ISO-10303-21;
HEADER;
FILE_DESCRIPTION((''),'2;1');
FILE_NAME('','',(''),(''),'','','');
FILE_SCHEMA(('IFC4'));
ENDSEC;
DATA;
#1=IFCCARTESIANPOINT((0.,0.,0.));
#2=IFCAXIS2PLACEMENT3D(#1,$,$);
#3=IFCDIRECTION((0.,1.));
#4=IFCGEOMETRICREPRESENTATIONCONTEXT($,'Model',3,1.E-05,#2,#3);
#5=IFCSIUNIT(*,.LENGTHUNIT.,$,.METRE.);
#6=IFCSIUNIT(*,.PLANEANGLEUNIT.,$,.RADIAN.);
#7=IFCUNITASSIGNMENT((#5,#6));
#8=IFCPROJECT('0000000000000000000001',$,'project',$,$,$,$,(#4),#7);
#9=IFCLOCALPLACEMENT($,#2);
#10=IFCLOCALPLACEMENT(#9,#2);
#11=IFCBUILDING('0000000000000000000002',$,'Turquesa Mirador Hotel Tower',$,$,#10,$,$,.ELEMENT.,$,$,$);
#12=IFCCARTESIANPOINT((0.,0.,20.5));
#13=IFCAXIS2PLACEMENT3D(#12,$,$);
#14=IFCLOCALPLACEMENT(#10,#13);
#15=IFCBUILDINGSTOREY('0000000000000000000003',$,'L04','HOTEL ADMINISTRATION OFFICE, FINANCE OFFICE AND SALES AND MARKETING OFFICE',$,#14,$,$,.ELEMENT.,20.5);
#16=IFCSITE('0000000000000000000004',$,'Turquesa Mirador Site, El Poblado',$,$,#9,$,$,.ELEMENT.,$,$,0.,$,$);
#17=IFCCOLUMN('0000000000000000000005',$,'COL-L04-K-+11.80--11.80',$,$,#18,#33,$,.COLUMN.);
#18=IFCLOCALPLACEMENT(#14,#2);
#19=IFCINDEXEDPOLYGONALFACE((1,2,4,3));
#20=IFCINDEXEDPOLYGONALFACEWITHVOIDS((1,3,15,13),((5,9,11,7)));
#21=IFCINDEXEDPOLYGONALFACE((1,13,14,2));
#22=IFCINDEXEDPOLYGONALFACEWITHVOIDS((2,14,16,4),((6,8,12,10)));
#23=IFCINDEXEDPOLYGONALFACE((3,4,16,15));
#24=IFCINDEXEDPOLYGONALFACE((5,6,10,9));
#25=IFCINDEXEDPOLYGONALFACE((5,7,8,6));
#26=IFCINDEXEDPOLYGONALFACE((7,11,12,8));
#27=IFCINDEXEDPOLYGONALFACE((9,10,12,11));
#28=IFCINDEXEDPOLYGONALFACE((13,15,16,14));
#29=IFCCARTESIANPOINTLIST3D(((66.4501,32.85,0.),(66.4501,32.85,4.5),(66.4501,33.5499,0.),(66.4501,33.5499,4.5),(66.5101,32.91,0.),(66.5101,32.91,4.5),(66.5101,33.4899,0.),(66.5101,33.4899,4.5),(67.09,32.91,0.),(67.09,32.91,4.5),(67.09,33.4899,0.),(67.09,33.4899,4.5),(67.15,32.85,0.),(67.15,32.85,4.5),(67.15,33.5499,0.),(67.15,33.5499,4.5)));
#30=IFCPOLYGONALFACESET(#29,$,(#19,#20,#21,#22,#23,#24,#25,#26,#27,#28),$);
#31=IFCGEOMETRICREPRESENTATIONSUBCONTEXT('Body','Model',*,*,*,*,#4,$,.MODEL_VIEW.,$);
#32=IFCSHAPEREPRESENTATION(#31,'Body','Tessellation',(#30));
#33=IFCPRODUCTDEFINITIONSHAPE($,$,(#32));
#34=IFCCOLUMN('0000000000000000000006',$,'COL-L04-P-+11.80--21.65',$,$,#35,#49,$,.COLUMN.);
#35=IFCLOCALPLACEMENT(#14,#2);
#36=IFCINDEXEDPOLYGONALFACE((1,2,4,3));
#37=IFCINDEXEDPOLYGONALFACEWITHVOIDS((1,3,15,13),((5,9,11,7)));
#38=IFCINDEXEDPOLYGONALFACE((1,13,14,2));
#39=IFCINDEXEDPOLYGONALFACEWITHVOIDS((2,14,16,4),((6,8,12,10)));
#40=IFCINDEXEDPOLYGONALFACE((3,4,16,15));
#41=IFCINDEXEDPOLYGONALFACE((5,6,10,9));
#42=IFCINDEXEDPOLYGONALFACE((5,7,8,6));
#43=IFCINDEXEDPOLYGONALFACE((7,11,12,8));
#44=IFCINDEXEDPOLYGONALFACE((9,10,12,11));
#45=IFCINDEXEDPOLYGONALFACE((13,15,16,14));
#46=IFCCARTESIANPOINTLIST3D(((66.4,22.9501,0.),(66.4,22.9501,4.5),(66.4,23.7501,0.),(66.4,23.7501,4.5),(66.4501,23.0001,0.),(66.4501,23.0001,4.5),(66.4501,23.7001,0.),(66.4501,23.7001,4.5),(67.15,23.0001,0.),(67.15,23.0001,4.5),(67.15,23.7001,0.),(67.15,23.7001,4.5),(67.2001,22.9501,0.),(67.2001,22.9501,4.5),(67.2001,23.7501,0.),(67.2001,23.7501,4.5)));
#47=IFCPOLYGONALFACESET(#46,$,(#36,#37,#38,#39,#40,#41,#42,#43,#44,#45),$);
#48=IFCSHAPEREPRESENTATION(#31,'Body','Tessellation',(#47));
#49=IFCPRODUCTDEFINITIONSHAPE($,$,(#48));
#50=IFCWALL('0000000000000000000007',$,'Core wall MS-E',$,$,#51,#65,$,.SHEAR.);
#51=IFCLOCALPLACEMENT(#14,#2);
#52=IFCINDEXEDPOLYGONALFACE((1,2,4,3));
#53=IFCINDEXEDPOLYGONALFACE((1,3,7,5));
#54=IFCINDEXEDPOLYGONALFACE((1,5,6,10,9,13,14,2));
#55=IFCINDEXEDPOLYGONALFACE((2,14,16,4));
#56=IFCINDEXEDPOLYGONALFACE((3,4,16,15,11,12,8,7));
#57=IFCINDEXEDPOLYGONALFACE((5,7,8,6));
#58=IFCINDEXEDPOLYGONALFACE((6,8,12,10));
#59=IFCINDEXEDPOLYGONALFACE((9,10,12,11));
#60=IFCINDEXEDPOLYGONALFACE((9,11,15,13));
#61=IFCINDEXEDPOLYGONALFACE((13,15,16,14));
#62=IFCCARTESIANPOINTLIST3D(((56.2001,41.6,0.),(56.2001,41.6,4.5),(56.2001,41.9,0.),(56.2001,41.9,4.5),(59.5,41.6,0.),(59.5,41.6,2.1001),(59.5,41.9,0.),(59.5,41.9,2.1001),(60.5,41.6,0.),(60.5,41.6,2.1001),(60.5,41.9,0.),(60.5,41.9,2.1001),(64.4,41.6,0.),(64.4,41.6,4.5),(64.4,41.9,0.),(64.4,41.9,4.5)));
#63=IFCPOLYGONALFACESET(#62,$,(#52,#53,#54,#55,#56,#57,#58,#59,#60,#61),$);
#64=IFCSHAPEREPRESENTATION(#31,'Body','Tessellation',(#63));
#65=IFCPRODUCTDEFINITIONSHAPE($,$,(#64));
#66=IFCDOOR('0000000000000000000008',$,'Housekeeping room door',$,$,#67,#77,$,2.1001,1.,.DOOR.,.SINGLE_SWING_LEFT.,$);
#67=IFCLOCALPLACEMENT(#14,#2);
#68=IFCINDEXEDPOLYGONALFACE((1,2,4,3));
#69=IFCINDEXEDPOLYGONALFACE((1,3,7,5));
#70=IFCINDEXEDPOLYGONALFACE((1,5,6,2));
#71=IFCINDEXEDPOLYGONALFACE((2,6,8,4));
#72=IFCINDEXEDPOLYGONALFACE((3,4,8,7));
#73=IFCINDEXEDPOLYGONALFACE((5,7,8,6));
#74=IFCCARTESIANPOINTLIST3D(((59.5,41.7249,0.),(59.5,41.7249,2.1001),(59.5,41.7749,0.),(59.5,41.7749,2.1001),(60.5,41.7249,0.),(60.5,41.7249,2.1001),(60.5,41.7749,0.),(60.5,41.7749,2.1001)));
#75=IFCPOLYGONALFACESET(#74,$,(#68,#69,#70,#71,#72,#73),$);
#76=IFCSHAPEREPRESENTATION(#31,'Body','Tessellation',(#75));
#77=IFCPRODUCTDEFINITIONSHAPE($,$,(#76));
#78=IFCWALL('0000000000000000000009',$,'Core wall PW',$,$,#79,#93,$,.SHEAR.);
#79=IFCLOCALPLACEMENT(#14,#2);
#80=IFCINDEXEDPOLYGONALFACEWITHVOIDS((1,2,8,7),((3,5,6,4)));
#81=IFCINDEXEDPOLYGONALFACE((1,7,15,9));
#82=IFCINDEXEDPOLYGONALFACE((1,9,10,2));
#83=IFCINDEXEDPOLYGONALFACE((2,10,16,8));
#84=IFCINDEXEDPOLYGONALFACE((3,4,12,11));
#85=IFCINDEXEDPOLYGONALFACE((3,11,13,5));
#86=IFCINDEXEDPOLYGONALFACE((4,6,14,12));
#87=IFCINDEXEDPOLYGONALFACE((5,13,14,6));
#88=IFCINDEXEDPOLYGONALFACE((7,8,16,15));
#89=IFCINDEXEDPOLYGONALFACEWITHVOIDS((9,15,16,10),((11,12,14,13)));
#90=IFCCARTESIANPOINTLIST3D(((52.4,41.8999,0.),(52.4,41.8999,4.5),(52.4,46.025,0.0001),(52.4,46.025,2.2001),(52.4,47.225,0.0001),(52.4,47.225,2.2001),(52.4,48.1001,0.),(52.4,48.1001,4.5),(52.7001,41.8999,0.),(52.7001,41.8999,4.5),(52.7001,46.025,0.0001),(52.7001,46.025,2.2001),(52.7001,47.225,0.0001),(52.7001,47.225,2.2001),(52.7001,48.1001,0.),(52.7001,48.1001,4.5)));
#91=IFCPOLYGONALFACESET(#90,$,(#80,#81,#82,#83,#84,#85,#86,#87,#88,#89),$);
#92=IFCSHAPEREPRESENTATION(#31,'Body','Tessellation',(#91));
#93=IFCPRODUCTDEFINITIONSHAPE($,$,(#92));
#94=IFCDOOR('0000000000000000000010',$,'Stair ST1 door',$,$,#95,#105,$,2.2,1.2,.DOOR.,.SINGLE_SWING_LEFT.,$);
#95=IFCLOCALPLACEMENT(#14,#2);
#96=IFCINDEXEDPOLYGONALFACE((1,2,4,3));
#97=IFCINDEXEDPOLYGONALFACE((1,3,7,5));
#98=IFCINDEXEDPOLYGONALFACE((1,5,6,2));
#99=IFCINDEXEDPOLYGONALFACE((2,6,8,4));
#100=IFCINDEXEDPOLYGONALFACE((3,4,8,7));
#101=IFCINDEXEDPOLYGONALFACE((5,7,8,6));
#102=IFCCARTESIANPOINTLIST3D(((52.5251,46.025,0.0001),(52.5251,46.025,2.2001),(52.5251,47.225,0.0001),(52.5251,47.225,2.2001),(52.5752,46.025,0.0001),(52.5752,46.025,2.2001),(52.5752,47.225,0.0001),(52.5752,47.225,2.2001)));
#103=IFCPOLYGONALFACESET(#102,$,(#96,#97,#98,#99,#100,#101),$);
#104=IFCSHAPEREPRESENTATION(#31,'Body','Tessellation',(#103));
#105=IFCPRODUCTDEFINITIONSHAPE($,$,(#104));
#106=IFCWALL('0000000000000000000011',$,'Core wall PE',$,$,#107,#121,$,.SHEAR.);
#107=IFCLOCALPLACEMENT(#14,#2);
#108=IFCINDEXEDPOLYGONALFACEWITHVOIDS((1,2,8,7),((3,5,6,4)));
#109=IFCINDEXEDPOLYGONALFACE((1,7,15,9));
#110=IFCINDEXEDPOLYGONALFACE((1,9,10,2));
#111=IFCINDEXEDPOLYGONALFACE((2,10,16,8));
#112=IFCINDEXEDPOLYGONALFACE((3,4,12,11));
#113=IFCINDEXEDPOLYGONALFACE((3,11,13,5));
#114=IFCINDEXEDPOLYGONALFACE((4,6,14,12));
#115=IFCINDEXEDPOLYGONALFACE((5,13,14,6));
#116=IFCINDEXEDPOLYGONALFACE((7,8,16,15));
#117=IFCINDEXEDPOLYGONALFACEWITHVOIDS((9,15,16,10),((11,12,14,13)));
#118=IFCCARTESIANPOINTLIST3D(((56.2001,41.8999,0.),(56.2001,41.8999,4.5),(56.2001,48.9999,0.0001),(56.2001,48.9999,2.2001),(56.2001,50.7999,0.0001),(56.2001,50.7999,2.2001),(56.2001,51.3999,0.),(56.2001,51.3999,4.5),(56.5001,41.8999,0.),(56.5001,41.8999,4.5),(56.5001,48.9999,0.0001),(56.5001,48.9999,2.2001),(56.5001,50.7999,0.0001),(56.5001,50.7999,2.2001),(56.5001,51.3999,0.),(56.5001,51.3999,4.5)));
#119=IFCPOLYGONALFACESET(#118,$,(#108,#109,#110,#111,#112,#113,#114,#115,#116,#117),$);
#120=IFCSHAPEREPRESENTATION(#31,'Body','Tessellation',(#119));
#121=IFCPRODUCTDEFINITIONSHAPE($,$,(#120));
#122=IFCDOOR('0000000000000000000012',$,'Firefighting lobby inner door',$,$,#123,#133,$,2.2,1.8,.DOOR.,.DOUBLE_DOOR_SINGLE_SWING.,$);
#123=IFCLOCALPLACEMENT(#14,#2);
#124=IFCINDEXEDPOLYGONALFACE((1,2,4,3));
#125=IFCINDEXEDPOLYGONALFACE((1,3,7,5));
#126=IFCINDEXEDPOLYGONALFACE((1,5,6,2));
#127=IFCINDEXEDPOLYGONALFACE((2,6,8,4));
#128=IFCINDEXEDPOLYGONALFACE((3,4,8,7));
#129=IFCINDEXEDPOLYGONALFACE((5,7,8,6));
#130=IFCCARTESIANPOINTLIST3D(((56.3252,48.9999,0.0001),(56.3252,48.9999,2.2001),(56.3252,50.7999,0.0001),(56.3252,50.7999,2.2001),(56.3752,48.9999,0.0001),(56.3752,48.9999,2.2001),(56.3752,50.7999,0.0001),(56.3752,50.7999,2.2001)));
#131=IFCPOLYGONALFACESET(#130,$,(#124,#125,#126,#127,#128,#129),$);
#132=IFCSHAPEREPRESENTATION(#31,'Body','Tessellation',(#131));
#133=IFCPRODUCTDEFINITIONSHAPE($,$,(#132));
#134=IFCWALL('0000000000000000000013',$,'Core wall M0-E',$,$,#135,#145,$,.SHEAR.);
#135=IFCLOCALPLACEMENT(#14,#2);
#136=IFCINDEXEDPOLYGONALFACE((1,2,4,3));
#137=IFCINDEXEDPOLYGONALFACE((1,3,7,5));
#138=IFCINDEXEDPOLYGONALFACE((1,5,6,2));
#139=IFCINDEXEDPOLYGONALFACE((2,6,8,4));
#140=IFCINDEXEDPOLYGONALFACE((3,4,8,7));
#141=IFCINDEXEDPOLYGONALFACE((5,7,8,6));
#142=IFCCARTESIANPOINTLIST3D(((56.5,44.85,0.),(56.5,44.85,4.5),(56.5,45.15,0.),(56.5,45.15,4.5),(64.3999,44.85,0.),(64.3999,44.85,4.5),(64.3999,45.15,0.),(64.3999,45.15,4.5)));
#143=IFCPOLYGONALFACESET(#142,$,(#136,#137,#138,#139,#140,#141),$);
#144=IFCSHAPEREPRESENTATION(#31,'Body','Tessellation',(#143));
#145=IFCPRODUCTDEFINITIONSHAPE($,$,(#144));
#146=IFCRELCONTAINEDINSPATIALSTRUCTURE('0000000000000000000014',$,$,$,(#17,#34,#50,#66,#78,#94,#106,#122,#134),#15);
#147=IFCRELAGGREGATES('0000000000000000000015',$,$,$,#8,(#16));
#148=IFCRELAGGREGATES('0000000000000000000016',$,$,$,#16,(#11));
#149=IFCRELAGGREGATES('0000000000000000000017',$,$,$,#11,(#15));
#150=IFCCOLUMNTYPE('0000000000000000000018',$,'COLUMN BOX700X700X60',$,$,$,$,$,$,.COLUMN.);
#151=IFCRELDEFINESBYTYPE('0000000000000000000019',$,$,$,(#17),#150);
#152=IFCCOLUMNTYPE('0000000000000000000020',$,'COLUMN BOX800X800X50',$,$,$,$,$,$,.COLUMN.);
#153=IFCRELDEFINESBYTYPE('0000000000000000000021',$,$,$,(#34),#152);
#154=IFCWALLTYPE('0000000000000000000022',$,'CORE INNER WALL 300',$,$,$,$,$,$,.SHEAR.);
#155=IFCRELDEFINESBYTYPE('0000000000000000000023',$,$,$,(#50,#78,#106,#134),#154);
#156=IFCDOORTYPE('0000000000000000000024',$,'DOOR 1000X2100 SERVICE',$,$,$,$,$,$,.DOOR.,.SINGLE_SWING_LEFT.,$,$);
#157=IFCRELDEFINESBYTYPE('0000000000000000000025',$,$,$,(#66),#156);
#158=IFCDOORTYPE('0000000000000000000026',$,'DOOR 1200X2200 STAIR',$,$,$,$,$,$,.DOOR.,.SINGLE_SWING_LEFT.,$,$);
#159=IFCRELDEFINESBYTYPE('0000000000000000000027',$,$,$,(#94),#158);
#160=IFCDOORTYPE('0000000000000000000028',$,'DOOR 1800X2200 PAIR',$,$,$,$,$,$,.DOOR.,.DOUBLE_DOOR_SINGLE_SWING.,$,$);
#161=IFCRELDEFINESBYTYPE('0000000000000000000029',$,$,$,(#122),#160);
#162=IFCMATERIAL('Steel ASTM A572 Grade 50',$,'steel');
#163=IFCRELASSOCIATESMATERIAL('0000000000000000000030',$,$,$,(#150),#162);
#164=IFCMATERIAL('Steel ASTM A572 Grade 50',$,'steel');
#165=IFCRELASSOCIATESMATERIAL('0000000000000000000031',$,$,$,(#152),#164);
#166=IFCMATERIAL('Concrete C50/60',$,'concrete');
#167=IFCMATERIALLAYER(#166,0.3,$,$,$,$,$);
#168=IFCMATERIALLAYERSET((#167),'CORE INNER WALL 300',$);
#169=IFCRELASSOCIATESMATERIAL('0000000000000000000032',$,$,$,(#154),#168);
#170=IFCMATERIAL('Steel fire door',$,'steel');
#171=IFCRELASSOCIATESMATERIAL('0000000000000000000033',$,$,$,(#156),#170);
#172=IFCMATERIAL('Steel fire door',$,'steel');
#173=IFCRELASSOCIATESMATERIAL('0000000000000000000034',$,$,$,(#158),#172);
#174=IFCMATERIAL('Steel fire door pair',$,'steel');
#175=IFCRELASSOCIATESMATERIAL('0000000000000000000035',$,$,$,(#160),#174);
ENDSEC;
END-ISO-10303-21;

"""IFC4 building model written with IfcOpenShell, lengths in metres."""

from ifc_helpers import new_model, si_unit, direction, frame, frame_2d, origin, origin_2d, place, context, subcontext, project, spatial, rectangle, hollow_rectangle, extrude, material, layer, layer_set, material_profile, profile_set, type_object, element, fill, save


model = new_model("IFC4")

# Units and contexts
model_context = context("Model", 3, precision=1e-05, world=origin(), true_north=direction((0.0, 1.0)))
body_context = subcontext(model_context, "Body", "Model", "MODEL_VIEW")
ifc_project = project(units=[si_unit("LENGTHUNIT", "METRE"), si_unit("PLANEANGLEUNIT", "RADIAN")], contexts=[model_context])

# Site, building, storey
site_placement = place(None, origin())
site = spatial("IfcSite", under=ifc_project, at=site_placement, Name="Turquesa Mirador Site, El Poblado", CompositionType="ELEMENT", RefElevation=0.0)
building_placement = place(site_placement, origin())
building = spatial("IfcBuilding", under=site, at=building_placement, Name="Turquesa Mirador Hotel Tower", CompositionType="ELEMENT")
storey_placement = place(building_placement, frame((0.0, 0.0, 20.5)))
storey = spatial("IfcBuildingStorey", under=building, at=storey_placement, Name="L04", Description="HOTEL ADMINISTRATION OFFICE, FINANCE OFFICE AND SALES AND MARKETING OFFICE", CompositionType="ELEMENT", Elevation=20.5)

# Columns
ifc_material_1 = material(Name="Steel ASTM A572 Grade 50", Category="steel")
ifc_material_profile_1 = material_profile(ifc_material_1, hollow_rectangle(XDim=0.7, YDim=0.7, WallThickness=0.0601, at=origin_2d()), Name="BOX700X700X60")
ifc_profile_set_1 = profile_set([ifc_material_profile_1], Name="Steel ASTM A572 Grade 50")
column_type_1 = type_object("IfcColumnType", Name="COLUMN BOX700X700X60", PredefinedType="COLUMN", material=ifc_profile_set_1)
column_1_placement = place(storey_placement, frame((66.8, 33.2, 0.0), z_axis=(0.0, 0.0, 1.0), x_axis=(1.0, 0.0, 0.0)))
element("IfcColumn", 1, at=column_1_placement, inside=storey, type_object=column_type_1, Name="COL-L04-K-+11.80--11.80", PredefinedType="COLUMN", context=body_context, shape_type="SweptSolid", body=[
    extrude(hollow_rectangle(XDim=0.7, YDim=0.7, WallThickness=0.0601, at=origin_2d()), origin(), (0.0, 0.0, 1.0), 4.5),
])
ifc_material_2 = material(Name="Steel ASTM A572 Grade 50", Category="steel")
ifc_material_profile_2 = material_profile(ifc_material_2, hollow_rectangle(XDim=0.8, YDim=0.8, WallThickness=0.05, at=origin_2d()), Name="BOX800X800X50")
ifc_profile_set_2 = profile_set([ifc_material_profile_2], Name="Steel ASTM A572 Grade 50")
column_type_2 = type_object("IfcColumnType", Name="COLUMN BOX800X800X50", PredefinedType="COLUMN", material=ifc_profile_set_2)
column_2_placement = place(storey_placement, frame((66.8, 23.3501, 0.0), z_axis=(0.0, 0.0, 1.0), x_axis=(1.0, 0.0, 0.0)))
element("IfcColumn", 2, at=column_2_placement, inside=storey, type_object=column_type_2, Name="COL-L04-P-+11.80--21.65", PredefinedType="COLUMN", context=body_context, shape_type="SweptSolid", body=[
    extrude(hollow_rectangle(XDim=0.8, YDim=0.8, WallThickness=0.05, at=origin_2d()), origin(), (0.0, 0.0, 1.0), 4.5),
])

# Walls, openings, doors
ifc_material_3 = material(Name="Concrete C50/60", Category="concrete")
ifc_layer_1 = layer(ifc_material_3, 0.3)
ifc_layer_set_1 = layer_set([ifc_layer_1], Name="CORE INNER WALL 300")
wall_type_1 = type_object("IfcWallType", Name="CORE INNER WALL 300", PredefinedType="SHEAR", material=ifc_layer_set_1)
wall_1_placement = place(storey_placement, frame((56.2, 41.75, 0.0), z_axis=(0.0, 0.0, 1.0), x_axis=(1.0, 0.0, 0.0)))
wall_1 = element("IfcWall", 3, at=wall_1_placement, inside=storey, type_object=wall_type_1, Name="Core wall MS-E", PredefinedType="SHEAR", context=body_context, shape_type="SweptSolid", body=[
    extrude(rectangle(XDim=8.2, YDim=0.3, at=frame_2d((4.1001, 0.0))), origin(), (0.0, 0.0, 1.0), 4.5),
])
opening_1_placement = place(wall_1_placement, frame((3.3, 0.0, 0.0)))
opening_1 = element("IfcOpeningElement", 4, at=opening_1_placement, cuts=wall_1, PredefinedType="OPENING", context=body_context, shape_type="SweptSolid", body=[
    extrude(rectangle(XDim=1.0, YDim=2.1001, at=frame_2d((0.5, 1.05))), frame((0.0, 0.1599, 0.0), z_axis=(0.0, -1.0, 0.0), x_axis=(1.0, 0.0, 0.0)), (0.0, 0.0, 1.0), 0.3201),
])
ifc_material_4 = material(Name="Steel fire door", Category="steel")
door_type_1 = type_object("IfcDoorType", Name="DOOR 1000X2100 SERVICE", OperationType="SINGLE_SWING_LEFT", PredefinedType="DOOR", material=ifc_material_4)
door_1_placement = place(opening_1_placement, origin())
door_1 = element("IfcDoor", 5, at=door_1_placement, inside=storey, type_object=door_type_1, Name="Housekeeping room door", OperationType="SINGLE_SWING_LEFT", OverallHeight=2.1001, OverallWidth=1.0, PredefinedType="DOOR", context=body_context, shape_type="SweptSolid", body=[
    extrude(rectangle(XDim=1.0, YDim=2.1001, at=frame_2d((0.5, 1.05))), frame((0.0, 0.0249, 0.0), z_axis=(0.0, -1.0, 0.0), x_axis=(1.0, 0.0, 0.0)), (0.0, 0.0, 1.0), 0.05),
])
fill(opening_1, door_1)
wall_2_placement = place(storey_placement, frame((52.55, 41.8999, 0.0), z_axis=(0.0, 0.0, 1.0), x_axis=(0.0, 1.0, 0.0)))
wall_2 = element("IfcWall", 6, at=wall_2_placement, inside=storey, type_object=wall_type_1, Name="Core wall PW", PredefinedType="SHEAR", context=body_context, shape_type="SweptSolid", body=[
    extrude(rectangle(XDim=6.2002, YDim=0.3, at=frame_2d((3.1001, 0.0))), origin(), (0.0, 0.0, 1.0), 4.5),
])
opening_2_placement = place(wall_2_placement, frame((4.125, 0.0, 0.0)))
opening_2 = element("IfcOpeningElement", 7, at=opening_2_placement, cuts=wall_2, PredefinedType="OPENING", context=body_context, shape_type="SweptSolid", body=[
    extrude(rectangle(XDim=1.2, YDim=2.2, at=frame_2d((0.6001, 1.1001))), frame((0.0, 0.1599, 0.0), z_axis=(0.0, -1.0, 0.0), x_axis=(1.0, 0.0, 0.0)), (0.0, 0.0, 1.0), 0.3201),
])
ifc_material_5 = material(Name="Steel fire door", Category="steel")
door_type_2 = type_object("IfcDoorType", Name="DOOR 1200X2200 STAIR", OperationType="SINGLE_SWING_LEFT", PredefinedType="DOOR", material=ifc_material_5)
door_2_placement = place(opening_2_placement, origin())
door_2 = element("IfcDoor", 8, at=door_2_placement, inside=storey, type_object=door_type_2, Name="Stair ST1 door", OperationType="SINGLE_SWING_LEFT", OverallHeight=2.2, OverallWidth=1.2, PredefinedType="DOOR", context=body_context, shape_type="SweptSolid", body=[
    extrude(rectangle(XDim=1.2, YDim=2.2, at=frame_2d((0.6001, 1.1001))), frame((0.0, 0.0249, 0.0), z_axis=(0.0, -1.0, 0.0), x_axis=(1.0, 0.0, 0.0)), (0.0, 0.0, 1.0), 0.05),
])
fill(opening_2, door_2)
wall_3_placement = place(storey_placement, frame((56.3501, 41.8999, 0.0), z_axis=(0.0, 0.0, 1.0), x_axis=(0.0, 1.0, 0.0)))
wall_3 = element("IfcWall", 9, at=wall_3_placement, inside=storey, type_object=wall_type_1, Name="Core wall PE", PredefinedType="SHEAR", context=body_context, shape_type="SweptSolid", body=[
    extrude(rectangle(XDim=9.5, YDim=0.3, at=frame_2d((4.75, 0.0))), origin(), (0.0, 0.0, 1.0), 4.5),
])
opening_3_placement = place(wall_3_placement, frame((7.1001, 0.0, 0.0)))
opening_3 = element("IfcOpeningElement", 10, at=opening_3_placement, cuts=wall_3, PredefinedType="OPENING", context=body_context, shape_type="SweptSolid", body=[
    extrude(rectangle(XDim=1.8, YDim=2.2, at=frame_2d((0.8999, 1.1001))), frame((0.0, 0.1599, 0.0), z_axis=(0.0, -1.0, 0.0), x_axis=(1.0, 0.0, 0.0)), (0.0, 0.0, 1.0), 0.3201),
])
ifc_material_6 = material(Name="Steel fire door pair", Category="steel")
door_type_3 = type_object("IfcDoorType", Name="DOOR 1800X2200 PAIR", OperationType="DOUBLE_DOOR_SINGLE_SWING", PredefinedType="DOOR", material=ifc_material_6)
door_3_placement = place(opening_3_placement, origin())
door_3 = element("IfcDoor", 11, at=door_3_placement, inside=storey, type_object=door_type_3, Name="Firefighting lobby inner door", OperationType="DOUBLE_DOOR_SINGLE_SWING", OverallHeight=2.2, OverallWidth=1.8, PredefinedType="DOOR", context=body_context, shape_type="SweptSolid", body=[
    extrude(rectangle(XDim=1.8, YDim=2.2, at=frame_2d((0.8999, 1.1001))), frame((0.0, 0.0249, 0.0), z_axis=(0.0, -1.0, 0.0), x_axis=(1.0, 0.0, 0.0)), (0.0, 0.0, 1.0), 0.05),
])
fill(opening_3, door_3)

# Wall
wall_4_placement = place(storey_placement, frame((56.5, 45.0, 0.0), z_axis=(0.0, 0.0, 1.0), x_axis=(1.0, 0.0, 0.0)))
element("IfcWall", 12, at=wall_4_placement, inside=storey, type_object=wall_type_1, Name="Core wall M0-E", PredefinedType="SHEAR", context=body_context, shape_type="SweptSolid", body=[
    extrude(rectangle(XDim=7.8999, YDim=0.3, at=frame_2d((3.95, 0.0))), origin(), (0.0, 0.0, 1.0), 4.5),
])

save(model, "model.ifc")
